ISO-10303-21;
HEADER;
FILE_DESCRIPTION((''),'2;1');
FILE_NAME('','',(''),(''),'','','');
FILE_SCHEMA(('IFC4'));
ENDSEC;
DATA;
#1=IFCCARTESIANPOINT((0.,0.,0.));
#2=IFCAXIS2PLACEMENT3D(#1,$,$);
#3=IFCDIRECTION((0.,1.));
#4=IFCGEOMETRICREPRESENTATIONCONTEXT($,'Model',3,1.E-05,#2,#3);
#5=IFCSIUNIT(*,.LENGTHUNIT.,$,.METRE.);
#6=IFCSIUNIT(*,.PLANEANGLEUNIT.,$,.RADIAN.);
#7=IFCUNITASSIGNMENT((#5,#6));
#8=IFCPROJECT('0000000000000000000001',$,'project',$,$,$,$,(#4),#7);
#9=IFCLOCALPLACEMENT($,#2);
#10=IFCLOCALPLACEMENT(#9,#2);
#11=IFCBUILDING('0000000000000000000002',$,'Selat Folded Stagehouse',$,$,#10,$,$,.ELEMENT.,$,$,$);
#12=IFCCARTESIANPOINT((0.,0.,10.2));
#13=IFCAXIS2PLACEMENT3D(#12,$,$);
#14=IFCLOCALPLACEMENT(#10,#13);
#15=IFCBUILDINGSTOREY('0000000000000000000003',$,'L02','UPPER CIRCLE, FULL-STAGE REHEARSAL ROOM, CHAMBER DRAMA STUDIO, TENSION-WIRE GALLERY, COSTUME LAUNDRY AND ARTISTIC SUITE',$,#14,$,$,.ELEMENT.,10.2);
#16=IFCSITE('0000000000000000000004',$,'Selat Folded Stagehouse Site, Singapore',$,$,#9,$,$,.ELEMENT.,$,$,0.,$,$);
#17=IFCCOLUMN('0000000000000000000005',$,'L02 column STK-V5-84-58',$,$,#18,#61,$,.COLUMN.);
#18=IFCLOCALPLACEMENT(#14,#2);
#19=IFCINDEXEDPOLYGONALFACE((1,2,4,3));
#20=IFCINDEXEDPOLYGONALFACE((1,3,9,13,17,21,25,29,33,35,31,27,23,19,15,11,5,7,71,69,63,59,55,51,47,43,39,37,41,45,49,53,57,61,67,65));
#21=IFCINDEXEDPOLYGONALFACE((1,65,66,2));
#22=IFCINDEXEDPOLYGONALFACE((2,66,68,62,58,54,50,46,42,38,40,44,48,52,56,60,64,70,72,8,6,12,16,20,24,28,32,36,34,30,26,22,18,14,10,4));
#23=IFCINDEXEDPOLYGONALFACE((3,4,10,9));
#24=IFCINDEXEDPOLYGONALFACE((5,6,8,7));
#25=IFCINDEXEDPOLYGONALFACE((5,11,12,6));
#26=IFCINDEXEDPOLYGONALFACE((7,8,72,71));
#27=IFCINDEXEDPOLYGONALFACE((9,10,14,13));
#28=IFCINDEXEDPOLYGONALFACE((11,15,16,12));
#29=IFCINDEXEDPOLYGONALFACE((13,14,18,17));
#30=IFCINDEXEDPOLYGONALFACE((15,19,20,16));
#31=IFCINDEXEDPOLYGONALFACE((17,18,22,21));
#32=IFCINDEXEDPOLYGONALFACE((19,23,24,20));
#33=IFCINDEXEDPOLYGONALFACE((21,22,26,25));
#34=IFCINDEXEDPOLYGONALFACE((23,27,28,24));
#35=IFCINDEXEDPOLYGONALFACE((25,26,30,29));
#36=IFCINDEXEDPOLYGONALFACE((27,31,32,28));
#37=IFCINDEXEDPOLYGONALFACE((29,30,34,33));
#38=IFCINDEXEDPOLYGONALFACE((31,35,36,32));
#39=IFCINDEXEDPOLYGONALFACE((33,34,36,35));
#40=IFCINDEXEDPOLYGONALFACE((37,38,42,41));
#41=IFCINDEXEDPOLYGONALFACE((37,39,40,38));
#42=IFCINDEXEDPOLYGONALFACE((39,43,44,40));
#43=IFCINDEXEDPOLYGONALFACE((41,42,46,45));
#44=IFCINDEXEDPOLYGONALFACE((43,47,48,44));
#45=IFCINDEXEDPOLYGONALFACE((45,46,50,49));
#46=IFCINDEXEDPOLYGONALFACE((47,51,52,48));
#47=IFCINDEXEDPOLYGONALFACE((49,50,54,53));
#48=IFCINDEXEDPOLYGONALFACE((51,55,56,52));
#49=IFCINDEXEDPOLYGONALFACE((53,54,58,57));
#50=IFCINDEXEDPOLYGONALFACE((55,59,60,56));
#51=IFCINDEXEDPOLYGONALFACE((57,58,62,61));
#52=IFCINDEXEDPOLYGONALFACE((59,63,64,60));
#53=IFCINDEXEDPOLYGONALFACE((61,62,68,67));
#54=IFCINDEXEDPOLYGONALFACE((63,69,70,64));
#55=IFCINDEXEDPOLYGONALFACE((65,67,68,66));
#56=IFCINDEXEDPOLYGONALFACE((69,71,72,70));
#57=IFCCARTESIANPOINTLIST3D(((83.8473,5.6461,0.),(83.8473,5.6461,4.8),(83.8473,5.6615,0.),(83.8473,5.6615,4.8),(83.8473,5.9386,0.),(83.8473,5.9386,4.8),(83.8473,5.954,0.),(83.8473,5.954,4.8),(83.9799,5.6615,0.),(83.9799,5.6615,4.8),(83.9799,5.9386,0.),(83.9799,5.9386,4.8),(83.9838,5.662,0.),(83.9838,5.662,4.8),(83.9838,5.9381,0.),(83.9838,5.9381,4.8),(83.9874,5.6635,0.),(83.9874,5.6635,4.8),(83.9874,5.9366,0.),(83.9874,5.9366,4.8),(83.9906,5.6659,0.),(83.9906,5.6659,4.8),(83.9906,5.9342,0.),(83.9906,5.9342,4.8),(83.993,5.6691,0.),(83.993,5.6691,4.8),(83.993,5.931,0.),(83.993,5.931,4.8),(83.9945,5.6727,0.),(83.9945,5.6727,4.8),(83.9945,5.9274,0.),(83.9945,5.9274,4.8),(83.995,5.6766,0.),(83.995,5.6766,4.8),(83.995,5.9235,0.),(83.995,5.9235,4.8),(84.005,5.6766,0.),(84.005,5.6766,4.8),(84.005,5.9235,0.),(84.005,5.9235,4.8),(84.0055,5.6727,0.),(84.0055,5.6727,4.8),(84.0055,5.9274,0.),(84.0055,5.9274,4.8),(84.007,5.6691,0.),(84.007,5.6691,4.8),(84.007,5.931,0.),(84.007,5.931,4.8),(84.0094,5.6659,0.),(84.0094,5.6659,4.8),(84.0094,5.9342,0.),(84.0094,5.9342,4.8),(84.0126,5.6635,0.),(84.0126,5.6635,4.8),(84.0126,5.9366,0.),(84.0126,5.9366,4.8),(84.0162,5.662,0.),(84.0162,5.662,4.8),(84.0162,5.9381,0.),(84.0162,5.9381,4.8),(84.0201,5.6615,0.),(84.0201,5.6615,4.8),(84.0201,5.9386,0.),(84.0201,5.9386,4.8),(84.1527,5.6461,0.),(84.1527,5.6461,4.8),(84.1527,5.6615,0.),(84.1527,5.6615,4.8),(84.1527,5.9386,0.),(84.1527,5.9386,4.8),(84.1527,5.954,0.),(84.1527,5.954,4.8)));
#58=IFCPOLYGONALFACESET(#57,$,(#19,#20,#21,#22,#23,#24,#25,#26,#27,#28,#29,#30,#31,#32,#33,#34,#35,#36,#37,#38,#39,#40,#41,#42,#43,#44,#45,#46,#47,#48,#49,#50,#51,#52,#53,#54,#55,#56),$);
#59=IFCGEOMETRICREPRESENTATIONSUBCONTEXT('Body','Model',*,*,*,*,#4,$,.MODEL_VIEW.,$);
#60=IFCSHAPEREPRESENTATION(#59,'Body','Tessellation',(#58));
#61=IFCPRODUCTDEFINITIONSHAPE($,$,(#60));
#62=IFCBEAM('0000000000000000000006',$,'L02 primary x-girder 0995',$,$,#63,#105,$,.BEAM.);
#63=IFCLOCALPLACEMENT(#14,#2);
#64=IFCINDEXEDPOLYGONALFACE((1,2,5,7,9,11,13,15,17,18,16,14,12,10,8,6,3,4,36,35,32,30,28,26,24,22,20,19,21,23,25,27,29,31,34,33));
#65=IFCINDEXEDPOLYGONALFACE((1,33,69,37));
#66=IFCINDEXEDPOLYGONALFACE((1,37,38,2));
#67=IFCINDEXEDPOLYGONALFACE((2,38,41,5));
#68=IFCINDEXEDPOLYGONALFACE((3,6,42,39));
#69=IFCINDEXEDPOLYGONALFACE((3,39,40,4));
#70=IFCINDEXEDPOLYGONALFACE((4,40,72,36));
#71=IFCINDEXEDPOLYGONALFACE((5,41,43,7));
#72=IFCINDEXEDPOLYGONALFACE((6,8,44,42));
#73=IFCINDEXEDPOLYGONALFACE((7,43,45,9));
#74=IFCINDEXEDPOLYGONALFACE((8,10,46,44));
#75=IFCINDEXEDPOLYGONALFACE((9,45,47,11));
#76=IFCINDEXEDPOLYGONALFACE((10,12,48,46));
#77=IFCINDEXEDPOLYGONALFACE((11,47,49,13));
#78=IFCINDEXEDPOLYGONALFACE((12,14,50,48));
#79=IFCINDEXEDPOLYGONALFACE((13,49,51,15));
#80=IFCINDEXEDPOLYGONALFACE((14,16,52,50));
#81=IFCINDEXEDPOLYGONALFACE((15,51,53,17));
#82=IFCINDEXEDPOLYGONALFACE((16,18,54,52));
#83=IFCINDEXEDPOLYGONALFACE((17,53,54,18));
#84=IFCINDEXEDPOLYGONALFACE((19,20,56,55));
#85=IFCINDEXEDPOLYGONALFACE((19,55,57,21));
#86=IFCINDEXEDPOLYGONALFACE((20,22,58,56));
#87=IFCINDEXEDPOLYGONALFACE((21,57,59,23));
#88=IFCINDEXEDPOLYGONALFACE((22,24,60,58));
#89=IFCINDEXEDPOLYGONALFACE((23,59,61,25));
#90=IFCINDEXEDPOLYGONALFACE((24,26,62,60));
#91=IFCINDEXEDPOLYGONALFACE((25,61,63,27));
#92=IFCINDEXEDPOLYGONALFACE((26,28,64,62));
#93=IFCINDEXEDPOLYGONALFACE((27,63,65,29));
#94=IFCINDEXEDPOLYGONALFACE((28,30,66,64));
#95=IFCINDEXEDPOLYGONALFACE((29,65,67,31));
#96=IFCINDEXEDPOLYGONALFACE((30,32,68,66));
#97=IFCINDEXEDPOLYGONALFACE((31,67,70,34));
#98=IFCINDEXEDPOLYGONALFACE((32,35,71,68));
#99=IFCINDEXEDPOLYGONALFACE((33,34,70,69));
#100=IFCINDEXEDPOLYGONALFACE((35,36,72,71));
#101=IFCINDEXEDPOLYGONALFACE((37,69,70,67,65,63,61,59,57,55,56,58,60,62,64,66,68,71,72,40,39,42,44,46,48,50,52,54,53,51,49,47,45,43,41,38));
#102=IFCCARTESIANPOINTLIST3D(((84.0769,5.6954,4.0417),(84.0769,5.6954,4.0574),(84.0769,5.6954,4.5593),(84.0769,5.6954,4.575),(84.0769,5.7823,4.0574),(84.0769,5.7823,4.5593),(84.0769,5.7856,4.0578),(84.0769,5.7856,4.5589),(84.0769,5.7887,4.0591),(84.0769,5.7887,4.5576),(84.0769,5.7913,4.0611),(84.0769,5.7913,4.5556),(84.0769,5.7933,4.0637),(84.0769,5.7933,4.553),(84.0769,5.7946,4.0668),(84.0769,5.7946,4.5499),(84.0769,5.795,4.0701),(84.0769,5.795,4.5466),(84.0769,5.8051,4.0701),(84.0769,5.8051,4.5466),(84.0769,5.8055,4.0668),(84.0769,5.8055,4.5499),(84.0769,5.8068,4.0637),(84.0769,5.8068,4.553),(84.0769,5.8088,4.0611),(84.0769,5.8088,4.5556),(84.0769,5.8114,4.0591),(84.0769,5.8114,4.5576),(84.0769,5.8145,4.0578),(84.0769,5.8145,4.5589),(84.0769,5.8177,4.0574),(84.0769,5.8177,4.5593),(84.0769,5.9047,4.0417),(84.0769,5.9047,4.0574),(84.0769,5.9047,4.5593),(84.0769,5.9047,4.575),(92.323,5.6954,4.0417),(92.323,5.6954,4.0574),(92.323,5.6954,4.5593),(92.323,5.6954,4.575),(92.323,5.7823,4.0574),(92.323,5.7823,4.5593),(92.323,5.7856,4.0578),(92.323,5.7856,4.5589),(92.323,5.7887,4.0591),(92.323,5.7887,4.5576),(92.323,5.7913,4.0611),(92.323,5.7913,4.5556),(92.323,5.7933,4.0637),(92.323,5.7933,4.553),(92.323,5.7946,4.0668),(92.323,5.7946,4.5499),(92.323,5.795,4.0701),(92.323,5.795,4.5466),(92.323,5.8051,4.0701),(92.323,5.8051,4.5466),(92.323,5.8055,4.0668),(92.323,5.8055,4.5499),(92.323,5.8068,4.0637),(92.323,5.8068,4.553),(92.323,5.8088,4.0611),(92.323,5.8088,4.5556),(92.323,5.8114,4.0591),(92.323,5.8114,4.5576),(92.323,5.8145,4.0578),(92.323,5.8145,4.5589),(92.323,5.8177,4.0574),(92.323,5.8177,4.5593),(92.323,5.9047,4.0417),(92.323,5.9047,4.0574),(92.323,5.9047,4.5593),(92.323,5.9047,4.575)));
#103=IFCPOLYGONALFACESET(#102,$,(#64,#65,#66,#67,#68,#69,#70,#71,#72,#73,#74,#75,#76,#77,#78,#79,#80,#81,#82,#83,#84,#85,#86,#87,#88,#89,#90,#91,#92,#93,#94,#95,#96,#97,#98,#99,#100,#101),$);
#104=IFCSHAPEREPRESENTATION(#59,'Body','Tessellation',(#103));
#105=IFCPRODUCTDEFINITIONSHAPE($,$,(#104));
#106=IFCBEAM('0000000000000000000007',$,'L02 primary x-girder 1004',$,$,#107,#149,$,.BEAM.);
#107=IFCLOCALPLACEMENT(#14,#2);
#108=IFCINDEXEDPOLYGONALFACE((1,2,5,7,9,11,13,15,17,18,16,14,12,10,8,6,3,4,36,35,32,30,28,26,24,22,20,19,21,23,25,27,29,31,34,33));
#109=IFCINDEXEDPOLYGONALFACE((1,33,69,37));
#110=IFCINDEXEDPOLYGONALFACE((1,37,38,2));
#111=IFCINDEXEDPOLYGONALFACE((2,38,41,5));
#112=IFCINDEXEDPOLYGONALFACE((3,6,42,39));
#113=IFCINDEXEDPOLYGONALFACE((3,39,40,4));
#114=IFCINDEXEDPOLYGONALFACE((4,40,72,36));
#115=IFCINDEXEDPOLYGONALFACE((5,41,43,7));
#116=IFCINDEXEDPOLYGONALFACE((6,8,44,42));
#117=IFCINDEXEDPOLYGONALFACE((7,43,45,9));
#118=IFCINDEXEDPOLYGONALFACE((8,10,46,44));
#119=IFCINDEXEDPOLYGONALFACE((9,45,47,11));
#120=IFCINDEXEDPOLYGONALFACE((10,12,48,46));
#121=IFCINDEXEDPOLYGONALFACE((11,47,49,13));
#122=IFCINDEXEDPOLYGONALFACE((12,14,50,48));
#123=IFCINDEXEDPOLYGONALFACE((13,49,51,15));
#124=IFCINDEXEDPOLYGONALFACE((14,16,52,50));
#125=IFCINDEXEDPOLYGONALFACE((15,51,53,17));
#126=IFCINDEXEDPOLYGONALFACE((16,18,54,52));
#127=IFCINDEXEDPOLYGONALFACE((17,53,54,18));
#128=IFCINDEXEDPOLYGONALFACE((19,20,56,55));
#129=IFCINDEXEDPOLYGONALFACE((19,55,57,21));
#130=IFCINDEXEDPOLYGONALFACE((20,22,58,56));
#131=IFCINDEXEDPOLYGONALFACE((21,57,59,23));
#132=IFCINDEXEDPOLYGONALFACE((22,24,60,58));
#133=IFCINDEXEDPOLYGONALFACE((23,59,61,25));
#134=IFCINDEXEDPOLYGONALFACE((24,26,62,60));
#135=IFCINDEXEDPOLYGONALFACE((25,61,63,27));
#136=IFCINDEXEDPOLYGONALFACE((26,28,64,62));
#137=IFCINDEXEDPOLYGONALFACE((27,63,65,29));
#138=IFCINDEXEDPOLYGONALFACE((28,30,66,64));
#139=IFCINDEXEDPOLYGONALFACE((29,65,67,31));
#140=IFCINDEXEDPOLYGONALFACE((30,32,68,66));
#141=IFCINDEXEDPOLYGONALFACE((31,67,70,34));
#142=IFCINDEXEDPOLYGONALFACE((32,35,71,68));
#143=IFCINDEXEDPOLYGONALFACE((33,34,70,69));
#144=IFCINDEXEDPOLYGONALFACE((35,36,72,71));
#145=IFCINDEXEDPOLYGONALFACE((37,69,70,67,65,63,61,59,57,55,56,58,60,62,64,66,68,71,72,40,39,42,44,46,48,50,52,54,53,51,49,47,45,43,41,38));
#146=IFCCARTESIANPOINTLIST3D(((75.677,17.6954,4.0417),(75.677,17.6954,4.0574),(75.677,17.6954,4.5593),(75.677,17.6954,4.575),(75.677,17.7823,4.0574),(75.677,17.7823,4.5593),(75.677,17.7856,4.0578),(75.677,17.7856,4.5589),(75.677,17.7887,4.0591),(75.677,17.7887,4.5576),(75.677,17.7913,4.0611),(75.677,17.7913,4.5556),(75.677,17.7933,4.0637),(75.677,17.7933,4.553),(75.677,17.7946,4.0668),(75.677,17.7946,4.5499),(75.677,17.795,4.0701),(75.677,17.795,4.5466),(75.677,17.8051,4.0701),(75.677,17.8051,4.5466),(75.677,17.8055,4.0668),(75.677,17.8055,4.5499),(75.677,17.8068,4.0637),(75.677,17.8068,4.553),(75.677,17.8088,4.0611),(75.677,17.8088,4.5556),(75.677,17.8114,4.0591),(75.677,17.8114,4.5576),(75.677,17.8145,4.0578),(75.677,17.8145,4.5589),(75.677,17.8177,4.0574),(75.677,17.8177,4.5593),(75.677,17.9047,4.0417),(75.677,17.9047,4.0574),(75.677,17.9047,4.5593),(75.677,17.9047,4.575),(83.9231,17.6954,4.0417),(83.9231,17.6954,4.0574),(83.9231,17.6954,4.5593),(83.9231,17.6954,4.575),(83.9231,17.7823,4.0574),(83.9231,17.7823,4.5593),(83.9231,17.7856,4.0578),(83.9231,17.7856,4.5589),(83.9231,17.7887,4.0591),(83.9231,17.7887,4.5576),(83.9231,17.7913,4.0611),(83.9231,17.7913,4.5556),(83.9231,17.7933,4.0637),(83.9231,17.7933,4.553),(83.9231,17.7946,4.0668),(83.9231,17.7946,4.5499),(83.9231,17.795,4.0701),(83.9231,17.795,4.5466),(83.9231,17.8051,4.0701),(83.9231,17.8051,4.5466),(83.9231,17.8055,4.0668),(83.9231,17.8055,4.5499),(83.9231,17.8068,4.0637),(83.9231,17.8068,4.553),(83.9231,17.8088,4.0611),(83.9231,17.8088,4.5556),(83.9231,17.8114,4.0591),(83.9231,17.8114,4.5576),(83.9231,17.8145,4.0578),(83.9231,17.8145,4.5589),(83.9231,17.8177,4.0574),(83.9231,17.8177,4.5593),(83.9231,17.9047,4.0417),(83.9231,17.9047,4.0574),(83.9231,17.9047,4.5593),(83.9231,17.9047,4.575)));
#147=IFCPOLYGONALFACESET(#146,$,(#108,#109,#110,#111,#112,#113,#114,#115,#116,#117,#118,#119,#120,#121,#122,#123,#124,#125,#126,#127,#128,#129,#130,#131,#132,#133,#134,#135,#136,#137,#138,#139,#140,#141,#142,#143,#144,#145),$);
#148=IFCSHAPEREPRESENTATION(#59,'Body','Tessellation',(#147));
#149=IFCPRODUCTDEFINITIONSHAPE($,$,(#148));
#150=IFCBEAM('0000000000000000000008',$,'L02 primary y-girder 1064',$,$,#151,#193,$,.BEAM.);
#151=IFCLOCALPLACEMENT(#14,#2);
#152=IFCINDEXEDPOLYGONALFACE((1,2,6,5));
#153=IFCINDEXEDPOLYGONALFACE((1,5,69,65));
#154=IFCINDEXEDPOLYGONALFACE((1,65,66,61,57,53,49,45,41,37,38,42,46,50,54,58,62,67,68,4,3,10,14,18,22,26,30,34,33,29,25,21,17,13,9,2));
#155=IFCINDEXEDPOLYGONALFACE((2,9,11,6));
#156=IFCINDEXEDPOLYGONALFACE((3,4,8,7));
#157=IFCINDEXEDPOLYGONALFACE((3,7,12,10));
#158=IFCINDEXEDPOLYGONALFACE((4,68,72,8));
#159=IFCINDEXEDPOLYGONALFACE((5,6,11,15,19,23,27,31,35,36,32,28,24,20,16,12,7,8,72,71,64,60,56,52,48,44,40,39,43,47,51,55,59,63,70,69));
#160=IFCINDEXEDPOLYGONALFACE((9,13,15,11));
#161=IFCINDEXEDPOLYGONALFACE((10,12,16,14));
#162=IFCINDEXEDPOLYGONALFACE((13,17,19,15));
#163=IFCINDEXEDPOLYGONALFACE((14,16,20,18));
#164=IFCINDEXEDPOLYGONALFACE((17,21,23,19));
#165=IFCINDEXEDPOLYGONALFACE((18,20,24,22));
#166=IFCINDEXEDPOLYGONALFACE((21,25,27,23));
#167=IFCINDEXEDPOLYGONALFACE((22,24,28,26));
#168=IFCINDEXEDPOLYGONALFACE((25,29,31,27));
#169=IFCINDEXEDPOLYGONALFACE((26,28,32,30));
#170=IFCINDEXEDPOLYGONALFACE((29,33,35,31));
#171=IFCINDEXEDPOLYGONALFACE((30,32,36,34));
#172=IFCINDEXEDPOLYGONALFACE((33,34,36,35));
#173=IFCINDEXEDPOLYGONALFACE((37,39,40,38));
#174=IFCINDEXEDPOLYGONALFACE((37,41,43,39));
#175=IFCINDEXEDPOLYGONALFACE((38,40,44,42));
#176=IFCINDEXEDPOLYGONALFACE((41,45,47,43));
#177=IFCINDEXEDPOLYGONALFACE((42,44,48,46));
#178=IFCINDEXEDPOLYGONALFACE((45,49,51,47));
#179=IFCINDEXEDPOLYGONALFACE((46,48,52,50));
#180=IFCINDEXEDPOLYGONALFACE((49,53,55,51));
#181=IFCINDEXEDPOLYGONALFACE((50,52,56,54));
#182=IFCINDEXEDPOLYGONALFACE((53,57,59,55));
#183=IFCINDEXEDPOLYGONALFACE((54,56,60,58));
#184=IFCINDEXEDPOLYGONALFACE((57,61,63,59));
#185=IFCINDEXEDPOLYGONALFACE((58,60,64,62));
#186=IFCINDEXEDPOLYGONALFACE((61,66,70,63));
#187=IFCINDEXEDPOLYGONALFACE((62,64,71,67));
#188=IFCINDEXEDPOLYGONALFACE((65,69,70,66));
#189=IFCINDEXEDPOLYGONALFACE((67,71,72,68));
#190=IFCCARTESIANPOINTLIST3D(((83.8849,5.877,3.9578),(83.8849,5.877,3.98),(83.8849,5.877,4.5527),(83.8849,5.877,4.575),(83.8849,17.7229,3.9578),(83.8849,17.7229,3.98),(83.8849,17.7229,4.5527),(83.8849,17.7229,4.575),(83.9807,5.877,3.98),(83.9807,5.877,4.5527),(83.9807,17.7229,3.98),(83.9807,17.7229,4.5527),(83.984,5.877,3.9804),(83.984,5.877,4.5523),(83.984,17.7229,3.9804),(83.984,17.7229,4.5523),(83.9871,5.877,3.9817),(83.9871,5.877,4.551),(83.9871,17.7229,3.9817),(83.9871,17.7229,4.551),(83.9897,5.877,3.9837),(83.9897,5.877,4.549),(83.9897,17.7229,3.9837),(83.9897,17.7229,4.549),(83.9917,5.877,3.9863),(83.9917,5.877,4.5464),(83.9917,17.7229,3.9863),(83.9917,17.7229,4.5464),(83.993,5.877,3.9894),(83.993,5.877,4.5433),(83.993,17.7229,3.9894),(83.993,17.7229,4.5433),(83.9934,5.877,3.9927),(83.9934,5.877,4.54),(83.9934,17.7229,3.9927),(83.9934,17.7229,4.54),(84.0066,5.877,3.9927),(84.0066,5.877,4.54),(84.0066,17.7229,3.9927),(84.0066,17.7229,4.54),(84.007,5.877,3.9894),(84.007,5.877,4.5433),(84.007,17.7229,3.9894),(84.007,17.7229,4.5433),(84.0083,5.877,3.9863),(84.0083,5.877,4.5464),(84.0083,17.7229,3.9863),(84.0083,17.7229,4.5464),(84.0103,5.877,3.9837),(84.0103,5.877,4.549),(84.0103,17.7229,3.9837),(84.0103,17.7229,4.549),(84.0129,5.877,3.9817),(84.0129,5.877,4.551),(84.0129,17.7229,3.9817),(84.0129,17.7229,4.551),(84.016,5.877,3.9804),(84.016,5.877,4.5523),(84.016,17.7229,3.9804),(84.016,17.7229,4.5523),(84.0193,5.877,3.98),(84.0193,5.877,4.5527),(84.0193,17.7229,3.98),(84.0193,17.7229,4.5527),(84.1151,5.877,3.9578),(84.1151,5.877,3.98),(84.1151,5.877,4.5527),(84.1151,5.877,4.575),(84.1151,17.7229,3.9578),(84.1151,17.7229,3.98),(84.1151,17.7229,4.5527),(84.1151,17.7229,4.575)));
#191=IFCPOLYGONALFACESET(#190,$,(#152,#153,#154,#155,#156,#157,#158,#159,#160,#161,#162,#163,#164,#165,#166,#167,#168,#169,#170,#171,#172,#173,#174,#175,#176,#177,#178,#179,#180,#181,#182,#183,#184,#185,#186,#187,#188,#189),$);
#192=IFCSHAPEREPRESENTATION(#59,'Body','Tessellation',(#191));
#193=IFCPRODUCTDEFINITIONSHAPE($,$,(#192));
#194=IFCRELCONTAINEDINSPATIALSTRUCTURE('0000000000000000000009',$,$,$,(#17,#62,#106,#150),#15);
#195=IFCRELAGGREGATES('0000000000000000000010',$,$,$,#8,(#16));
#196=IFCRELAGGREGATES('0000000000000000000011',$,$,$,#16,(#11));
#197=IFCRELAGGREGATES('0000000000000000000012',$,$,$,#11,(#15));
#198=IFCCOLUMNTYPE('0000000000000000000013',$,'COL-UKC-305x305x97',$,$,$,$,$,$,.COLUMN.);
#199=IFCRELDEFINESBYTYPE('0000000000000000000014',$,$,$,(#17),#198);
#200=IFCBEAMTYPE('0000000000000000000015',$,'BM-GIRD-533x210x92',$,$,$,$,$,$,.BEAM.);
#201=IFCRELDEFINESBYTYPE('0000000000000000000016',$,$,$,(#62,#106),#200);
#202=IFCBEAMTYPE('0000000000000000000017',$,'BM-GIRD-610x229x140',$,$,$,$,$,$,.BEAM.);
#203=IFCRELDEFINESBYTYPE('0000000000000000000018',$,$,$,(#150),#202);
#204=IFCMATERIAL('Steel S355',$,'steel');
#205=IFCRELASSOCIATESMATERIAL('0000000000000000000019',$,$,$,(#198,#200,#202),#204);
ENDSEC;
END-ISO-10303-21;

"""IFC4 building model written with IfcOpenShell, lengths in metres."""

from ifc_helpers import new_model, si_unit, direction, frame, origin, origin_2d, place, context, subcontext, project, spatial, i_section, extrude, material, material_profile, profile_set, type_object, element, save


model = new_model("IFC4")

# Units and contexts
model_context = context("Model", 3, precision=1e-05, world=origin(), true_north=direction((0.0, 1.0)))
body_context = subcontext(model_context, "Body", "Model", "MODEL_VIEW")
ifc_project = project(units=[si_unit("LENGTHUNIT", "METRE"), si_unit("PLANEANGLEUNIT", "RADIAN")], contexts=[model_context])

# Site, building, storey
site_placement = place(None, origin())
site = spatial("IfcSite", under=ifc_project, at=site_placement, Name="Selat Folded Stagehouse Site, Singapore", CompositionType="ELEMENT", RefElevation=0.0)
building_placement = place(site_placement, origin())
building = spatial("IfcBuilding", under=site, at=building_placement, Name="Selat Folded Stagehouse", CompositionType="ELEMENT")
storey_placement = place(building_placement, frame((0.0, 0.0, 10.2)))
storey = spatial("IfcBuildingStorey", under=building, at=storey_placement, Name="L02", Description="UPPER CIRCLE, FULL-STAGE REHEARSAL ROOM, CHAMBER DRAMA STUDIO, TENSION-WIRE GALLERY, COSTUME LAUNDRY AND ARTISTIC SUITE", CompositionType="ELEMENT", Elevation=10.2)

# Column
ifc_material_1 = material(Name="Steel S355", Category="steel")
ifc_material_profile_1 = material_profile(ifc_material_1, i_section(OverallWidth=0.3054, OverallDepth=0.3079, WebThickness=0.01, FlangeThickness=0.0154, FilletRadius=0.0151, at=origin_2d()), Name="UKC 305x305x97")
ifc_profile_set_1 = profile_set([ifc_material_profile_1], Name="Steel S355")
column_type = type_object("IfcColumnType", Name="COL-UKC-305x305x97", PredefinedType="COLUMN", material=ifc_profile_set_1)
column_placement = place(storey_placement, frame((84.0, 5.8, 0.0), z_axis=(0.0, 0.0, 1.0), x_axis=(1.0, 0.0, 0.0)))
element("IfcColumn", 1, at=column_placement, inside=storey, type_object=column_type, Name="L02 column STK-V5-84-58", PredefinedType="COLUMN", context=body_context, shape_type="SweptSolid", body=[
    extrude(i_section(OverallWidth=0.3054, OverallDepth=0.3079, WebThickness=0.01, FlangeThickness=0.0154, FilletRadius=0.0151, at=origin_2d()), origin(), (0.0, 0.0, 1.0), 4.8),
])

# Beams
ifc_material_profile_2 = material_profile(ifc_material_1, i_section(OverallWidth=0.2092, OverallDepth=0.5332, WebThickness=0.01, FlangeThickness=0.0156, FilletRadius=0.0127, at=origin_2d()), Name="UKB 533x210x92")
ifc_profile_set_2 = profile_set([ifc_material_profile_2], Name="Steel S355")
beam_type_1 = type_object("IfcBeamType", Name="BM-GIRD-533x210x92", PredefinedType="BEAM", material=ifc_profile_set_2)
for number, where, z_axis, x_axis, name in (
    (2, (84.0769, 5.8, 4.3083), (1.0, 0.0, 0.0), (0.0, 1.0, 0.0), "L02 primary x-girder 0995"),
    (3, (75.677, 17.8, 4.3083), (1.0, 0.0, 0.0), (0.0, 1.0, 0.0), "L02 primary x-girder 1004"),
):
    element("IfcBeam", number, at=place(storey_placement, frame(where, z_axis=z_axis, x_axis=x_axis)), inside=storey, type_object=beam_type_1, Name=name, PredefinedType="BEAM", context=body_context, shape_type="SweptSolid", body=[
        extrude(i_section(OverallWidth=0.2092, OverallDepth=0.5332, WebThickness=0.01, FlangeThickness=0.0156, FilletRadius=0.0127, at=origin_2d()), origin(), (0.0, 0.0, 1.0), 8.2461),
    ])
ifc_material_profile_3 = material_profile(ifc_material_1, i_section(OverallWidth=0.2302, OverallDepth=0.6172, WebThickness=0.0132, FlangeThickness=0.0222, FilletRadius=0.0127, at=origin_2d()), Name="UKB 610x229x140")
ifc_profile_set_3 = profile_set([ifc_material_profile_3], Name="Steel S355")
beam_type_2 = type_object("IfcBeamType", Name="BM-GIRD-610x229x140", PredefinedType="BEAM", material=ifc_profile_set_3)
beam_placement = place(storey_placement, frame((84.0, 5.877, 4.2664), z_axis=(0.0, 1.0, 0.0), x_axis=(-1.0, 0.0, 0.0)))
element("IfcBeam", 4, at=beam_placement, inside=storey, type_object=beam_type_2, Name="L02 primary y-girder 1064", PredefinedType="BEAM", context=body_context, shape_type="SweptSolid", body=[
    extrude(i_section(OverallWidth=0.2302, OverallDepth=0.6172, WebThickness=0.0132, FlangeThickness=0.0222, FilletRadius=0.0127, at=origin_2d()), origin(), (0.0, 0.0, 1.0), 11.8459),
])

save(model, "model.ifc")
